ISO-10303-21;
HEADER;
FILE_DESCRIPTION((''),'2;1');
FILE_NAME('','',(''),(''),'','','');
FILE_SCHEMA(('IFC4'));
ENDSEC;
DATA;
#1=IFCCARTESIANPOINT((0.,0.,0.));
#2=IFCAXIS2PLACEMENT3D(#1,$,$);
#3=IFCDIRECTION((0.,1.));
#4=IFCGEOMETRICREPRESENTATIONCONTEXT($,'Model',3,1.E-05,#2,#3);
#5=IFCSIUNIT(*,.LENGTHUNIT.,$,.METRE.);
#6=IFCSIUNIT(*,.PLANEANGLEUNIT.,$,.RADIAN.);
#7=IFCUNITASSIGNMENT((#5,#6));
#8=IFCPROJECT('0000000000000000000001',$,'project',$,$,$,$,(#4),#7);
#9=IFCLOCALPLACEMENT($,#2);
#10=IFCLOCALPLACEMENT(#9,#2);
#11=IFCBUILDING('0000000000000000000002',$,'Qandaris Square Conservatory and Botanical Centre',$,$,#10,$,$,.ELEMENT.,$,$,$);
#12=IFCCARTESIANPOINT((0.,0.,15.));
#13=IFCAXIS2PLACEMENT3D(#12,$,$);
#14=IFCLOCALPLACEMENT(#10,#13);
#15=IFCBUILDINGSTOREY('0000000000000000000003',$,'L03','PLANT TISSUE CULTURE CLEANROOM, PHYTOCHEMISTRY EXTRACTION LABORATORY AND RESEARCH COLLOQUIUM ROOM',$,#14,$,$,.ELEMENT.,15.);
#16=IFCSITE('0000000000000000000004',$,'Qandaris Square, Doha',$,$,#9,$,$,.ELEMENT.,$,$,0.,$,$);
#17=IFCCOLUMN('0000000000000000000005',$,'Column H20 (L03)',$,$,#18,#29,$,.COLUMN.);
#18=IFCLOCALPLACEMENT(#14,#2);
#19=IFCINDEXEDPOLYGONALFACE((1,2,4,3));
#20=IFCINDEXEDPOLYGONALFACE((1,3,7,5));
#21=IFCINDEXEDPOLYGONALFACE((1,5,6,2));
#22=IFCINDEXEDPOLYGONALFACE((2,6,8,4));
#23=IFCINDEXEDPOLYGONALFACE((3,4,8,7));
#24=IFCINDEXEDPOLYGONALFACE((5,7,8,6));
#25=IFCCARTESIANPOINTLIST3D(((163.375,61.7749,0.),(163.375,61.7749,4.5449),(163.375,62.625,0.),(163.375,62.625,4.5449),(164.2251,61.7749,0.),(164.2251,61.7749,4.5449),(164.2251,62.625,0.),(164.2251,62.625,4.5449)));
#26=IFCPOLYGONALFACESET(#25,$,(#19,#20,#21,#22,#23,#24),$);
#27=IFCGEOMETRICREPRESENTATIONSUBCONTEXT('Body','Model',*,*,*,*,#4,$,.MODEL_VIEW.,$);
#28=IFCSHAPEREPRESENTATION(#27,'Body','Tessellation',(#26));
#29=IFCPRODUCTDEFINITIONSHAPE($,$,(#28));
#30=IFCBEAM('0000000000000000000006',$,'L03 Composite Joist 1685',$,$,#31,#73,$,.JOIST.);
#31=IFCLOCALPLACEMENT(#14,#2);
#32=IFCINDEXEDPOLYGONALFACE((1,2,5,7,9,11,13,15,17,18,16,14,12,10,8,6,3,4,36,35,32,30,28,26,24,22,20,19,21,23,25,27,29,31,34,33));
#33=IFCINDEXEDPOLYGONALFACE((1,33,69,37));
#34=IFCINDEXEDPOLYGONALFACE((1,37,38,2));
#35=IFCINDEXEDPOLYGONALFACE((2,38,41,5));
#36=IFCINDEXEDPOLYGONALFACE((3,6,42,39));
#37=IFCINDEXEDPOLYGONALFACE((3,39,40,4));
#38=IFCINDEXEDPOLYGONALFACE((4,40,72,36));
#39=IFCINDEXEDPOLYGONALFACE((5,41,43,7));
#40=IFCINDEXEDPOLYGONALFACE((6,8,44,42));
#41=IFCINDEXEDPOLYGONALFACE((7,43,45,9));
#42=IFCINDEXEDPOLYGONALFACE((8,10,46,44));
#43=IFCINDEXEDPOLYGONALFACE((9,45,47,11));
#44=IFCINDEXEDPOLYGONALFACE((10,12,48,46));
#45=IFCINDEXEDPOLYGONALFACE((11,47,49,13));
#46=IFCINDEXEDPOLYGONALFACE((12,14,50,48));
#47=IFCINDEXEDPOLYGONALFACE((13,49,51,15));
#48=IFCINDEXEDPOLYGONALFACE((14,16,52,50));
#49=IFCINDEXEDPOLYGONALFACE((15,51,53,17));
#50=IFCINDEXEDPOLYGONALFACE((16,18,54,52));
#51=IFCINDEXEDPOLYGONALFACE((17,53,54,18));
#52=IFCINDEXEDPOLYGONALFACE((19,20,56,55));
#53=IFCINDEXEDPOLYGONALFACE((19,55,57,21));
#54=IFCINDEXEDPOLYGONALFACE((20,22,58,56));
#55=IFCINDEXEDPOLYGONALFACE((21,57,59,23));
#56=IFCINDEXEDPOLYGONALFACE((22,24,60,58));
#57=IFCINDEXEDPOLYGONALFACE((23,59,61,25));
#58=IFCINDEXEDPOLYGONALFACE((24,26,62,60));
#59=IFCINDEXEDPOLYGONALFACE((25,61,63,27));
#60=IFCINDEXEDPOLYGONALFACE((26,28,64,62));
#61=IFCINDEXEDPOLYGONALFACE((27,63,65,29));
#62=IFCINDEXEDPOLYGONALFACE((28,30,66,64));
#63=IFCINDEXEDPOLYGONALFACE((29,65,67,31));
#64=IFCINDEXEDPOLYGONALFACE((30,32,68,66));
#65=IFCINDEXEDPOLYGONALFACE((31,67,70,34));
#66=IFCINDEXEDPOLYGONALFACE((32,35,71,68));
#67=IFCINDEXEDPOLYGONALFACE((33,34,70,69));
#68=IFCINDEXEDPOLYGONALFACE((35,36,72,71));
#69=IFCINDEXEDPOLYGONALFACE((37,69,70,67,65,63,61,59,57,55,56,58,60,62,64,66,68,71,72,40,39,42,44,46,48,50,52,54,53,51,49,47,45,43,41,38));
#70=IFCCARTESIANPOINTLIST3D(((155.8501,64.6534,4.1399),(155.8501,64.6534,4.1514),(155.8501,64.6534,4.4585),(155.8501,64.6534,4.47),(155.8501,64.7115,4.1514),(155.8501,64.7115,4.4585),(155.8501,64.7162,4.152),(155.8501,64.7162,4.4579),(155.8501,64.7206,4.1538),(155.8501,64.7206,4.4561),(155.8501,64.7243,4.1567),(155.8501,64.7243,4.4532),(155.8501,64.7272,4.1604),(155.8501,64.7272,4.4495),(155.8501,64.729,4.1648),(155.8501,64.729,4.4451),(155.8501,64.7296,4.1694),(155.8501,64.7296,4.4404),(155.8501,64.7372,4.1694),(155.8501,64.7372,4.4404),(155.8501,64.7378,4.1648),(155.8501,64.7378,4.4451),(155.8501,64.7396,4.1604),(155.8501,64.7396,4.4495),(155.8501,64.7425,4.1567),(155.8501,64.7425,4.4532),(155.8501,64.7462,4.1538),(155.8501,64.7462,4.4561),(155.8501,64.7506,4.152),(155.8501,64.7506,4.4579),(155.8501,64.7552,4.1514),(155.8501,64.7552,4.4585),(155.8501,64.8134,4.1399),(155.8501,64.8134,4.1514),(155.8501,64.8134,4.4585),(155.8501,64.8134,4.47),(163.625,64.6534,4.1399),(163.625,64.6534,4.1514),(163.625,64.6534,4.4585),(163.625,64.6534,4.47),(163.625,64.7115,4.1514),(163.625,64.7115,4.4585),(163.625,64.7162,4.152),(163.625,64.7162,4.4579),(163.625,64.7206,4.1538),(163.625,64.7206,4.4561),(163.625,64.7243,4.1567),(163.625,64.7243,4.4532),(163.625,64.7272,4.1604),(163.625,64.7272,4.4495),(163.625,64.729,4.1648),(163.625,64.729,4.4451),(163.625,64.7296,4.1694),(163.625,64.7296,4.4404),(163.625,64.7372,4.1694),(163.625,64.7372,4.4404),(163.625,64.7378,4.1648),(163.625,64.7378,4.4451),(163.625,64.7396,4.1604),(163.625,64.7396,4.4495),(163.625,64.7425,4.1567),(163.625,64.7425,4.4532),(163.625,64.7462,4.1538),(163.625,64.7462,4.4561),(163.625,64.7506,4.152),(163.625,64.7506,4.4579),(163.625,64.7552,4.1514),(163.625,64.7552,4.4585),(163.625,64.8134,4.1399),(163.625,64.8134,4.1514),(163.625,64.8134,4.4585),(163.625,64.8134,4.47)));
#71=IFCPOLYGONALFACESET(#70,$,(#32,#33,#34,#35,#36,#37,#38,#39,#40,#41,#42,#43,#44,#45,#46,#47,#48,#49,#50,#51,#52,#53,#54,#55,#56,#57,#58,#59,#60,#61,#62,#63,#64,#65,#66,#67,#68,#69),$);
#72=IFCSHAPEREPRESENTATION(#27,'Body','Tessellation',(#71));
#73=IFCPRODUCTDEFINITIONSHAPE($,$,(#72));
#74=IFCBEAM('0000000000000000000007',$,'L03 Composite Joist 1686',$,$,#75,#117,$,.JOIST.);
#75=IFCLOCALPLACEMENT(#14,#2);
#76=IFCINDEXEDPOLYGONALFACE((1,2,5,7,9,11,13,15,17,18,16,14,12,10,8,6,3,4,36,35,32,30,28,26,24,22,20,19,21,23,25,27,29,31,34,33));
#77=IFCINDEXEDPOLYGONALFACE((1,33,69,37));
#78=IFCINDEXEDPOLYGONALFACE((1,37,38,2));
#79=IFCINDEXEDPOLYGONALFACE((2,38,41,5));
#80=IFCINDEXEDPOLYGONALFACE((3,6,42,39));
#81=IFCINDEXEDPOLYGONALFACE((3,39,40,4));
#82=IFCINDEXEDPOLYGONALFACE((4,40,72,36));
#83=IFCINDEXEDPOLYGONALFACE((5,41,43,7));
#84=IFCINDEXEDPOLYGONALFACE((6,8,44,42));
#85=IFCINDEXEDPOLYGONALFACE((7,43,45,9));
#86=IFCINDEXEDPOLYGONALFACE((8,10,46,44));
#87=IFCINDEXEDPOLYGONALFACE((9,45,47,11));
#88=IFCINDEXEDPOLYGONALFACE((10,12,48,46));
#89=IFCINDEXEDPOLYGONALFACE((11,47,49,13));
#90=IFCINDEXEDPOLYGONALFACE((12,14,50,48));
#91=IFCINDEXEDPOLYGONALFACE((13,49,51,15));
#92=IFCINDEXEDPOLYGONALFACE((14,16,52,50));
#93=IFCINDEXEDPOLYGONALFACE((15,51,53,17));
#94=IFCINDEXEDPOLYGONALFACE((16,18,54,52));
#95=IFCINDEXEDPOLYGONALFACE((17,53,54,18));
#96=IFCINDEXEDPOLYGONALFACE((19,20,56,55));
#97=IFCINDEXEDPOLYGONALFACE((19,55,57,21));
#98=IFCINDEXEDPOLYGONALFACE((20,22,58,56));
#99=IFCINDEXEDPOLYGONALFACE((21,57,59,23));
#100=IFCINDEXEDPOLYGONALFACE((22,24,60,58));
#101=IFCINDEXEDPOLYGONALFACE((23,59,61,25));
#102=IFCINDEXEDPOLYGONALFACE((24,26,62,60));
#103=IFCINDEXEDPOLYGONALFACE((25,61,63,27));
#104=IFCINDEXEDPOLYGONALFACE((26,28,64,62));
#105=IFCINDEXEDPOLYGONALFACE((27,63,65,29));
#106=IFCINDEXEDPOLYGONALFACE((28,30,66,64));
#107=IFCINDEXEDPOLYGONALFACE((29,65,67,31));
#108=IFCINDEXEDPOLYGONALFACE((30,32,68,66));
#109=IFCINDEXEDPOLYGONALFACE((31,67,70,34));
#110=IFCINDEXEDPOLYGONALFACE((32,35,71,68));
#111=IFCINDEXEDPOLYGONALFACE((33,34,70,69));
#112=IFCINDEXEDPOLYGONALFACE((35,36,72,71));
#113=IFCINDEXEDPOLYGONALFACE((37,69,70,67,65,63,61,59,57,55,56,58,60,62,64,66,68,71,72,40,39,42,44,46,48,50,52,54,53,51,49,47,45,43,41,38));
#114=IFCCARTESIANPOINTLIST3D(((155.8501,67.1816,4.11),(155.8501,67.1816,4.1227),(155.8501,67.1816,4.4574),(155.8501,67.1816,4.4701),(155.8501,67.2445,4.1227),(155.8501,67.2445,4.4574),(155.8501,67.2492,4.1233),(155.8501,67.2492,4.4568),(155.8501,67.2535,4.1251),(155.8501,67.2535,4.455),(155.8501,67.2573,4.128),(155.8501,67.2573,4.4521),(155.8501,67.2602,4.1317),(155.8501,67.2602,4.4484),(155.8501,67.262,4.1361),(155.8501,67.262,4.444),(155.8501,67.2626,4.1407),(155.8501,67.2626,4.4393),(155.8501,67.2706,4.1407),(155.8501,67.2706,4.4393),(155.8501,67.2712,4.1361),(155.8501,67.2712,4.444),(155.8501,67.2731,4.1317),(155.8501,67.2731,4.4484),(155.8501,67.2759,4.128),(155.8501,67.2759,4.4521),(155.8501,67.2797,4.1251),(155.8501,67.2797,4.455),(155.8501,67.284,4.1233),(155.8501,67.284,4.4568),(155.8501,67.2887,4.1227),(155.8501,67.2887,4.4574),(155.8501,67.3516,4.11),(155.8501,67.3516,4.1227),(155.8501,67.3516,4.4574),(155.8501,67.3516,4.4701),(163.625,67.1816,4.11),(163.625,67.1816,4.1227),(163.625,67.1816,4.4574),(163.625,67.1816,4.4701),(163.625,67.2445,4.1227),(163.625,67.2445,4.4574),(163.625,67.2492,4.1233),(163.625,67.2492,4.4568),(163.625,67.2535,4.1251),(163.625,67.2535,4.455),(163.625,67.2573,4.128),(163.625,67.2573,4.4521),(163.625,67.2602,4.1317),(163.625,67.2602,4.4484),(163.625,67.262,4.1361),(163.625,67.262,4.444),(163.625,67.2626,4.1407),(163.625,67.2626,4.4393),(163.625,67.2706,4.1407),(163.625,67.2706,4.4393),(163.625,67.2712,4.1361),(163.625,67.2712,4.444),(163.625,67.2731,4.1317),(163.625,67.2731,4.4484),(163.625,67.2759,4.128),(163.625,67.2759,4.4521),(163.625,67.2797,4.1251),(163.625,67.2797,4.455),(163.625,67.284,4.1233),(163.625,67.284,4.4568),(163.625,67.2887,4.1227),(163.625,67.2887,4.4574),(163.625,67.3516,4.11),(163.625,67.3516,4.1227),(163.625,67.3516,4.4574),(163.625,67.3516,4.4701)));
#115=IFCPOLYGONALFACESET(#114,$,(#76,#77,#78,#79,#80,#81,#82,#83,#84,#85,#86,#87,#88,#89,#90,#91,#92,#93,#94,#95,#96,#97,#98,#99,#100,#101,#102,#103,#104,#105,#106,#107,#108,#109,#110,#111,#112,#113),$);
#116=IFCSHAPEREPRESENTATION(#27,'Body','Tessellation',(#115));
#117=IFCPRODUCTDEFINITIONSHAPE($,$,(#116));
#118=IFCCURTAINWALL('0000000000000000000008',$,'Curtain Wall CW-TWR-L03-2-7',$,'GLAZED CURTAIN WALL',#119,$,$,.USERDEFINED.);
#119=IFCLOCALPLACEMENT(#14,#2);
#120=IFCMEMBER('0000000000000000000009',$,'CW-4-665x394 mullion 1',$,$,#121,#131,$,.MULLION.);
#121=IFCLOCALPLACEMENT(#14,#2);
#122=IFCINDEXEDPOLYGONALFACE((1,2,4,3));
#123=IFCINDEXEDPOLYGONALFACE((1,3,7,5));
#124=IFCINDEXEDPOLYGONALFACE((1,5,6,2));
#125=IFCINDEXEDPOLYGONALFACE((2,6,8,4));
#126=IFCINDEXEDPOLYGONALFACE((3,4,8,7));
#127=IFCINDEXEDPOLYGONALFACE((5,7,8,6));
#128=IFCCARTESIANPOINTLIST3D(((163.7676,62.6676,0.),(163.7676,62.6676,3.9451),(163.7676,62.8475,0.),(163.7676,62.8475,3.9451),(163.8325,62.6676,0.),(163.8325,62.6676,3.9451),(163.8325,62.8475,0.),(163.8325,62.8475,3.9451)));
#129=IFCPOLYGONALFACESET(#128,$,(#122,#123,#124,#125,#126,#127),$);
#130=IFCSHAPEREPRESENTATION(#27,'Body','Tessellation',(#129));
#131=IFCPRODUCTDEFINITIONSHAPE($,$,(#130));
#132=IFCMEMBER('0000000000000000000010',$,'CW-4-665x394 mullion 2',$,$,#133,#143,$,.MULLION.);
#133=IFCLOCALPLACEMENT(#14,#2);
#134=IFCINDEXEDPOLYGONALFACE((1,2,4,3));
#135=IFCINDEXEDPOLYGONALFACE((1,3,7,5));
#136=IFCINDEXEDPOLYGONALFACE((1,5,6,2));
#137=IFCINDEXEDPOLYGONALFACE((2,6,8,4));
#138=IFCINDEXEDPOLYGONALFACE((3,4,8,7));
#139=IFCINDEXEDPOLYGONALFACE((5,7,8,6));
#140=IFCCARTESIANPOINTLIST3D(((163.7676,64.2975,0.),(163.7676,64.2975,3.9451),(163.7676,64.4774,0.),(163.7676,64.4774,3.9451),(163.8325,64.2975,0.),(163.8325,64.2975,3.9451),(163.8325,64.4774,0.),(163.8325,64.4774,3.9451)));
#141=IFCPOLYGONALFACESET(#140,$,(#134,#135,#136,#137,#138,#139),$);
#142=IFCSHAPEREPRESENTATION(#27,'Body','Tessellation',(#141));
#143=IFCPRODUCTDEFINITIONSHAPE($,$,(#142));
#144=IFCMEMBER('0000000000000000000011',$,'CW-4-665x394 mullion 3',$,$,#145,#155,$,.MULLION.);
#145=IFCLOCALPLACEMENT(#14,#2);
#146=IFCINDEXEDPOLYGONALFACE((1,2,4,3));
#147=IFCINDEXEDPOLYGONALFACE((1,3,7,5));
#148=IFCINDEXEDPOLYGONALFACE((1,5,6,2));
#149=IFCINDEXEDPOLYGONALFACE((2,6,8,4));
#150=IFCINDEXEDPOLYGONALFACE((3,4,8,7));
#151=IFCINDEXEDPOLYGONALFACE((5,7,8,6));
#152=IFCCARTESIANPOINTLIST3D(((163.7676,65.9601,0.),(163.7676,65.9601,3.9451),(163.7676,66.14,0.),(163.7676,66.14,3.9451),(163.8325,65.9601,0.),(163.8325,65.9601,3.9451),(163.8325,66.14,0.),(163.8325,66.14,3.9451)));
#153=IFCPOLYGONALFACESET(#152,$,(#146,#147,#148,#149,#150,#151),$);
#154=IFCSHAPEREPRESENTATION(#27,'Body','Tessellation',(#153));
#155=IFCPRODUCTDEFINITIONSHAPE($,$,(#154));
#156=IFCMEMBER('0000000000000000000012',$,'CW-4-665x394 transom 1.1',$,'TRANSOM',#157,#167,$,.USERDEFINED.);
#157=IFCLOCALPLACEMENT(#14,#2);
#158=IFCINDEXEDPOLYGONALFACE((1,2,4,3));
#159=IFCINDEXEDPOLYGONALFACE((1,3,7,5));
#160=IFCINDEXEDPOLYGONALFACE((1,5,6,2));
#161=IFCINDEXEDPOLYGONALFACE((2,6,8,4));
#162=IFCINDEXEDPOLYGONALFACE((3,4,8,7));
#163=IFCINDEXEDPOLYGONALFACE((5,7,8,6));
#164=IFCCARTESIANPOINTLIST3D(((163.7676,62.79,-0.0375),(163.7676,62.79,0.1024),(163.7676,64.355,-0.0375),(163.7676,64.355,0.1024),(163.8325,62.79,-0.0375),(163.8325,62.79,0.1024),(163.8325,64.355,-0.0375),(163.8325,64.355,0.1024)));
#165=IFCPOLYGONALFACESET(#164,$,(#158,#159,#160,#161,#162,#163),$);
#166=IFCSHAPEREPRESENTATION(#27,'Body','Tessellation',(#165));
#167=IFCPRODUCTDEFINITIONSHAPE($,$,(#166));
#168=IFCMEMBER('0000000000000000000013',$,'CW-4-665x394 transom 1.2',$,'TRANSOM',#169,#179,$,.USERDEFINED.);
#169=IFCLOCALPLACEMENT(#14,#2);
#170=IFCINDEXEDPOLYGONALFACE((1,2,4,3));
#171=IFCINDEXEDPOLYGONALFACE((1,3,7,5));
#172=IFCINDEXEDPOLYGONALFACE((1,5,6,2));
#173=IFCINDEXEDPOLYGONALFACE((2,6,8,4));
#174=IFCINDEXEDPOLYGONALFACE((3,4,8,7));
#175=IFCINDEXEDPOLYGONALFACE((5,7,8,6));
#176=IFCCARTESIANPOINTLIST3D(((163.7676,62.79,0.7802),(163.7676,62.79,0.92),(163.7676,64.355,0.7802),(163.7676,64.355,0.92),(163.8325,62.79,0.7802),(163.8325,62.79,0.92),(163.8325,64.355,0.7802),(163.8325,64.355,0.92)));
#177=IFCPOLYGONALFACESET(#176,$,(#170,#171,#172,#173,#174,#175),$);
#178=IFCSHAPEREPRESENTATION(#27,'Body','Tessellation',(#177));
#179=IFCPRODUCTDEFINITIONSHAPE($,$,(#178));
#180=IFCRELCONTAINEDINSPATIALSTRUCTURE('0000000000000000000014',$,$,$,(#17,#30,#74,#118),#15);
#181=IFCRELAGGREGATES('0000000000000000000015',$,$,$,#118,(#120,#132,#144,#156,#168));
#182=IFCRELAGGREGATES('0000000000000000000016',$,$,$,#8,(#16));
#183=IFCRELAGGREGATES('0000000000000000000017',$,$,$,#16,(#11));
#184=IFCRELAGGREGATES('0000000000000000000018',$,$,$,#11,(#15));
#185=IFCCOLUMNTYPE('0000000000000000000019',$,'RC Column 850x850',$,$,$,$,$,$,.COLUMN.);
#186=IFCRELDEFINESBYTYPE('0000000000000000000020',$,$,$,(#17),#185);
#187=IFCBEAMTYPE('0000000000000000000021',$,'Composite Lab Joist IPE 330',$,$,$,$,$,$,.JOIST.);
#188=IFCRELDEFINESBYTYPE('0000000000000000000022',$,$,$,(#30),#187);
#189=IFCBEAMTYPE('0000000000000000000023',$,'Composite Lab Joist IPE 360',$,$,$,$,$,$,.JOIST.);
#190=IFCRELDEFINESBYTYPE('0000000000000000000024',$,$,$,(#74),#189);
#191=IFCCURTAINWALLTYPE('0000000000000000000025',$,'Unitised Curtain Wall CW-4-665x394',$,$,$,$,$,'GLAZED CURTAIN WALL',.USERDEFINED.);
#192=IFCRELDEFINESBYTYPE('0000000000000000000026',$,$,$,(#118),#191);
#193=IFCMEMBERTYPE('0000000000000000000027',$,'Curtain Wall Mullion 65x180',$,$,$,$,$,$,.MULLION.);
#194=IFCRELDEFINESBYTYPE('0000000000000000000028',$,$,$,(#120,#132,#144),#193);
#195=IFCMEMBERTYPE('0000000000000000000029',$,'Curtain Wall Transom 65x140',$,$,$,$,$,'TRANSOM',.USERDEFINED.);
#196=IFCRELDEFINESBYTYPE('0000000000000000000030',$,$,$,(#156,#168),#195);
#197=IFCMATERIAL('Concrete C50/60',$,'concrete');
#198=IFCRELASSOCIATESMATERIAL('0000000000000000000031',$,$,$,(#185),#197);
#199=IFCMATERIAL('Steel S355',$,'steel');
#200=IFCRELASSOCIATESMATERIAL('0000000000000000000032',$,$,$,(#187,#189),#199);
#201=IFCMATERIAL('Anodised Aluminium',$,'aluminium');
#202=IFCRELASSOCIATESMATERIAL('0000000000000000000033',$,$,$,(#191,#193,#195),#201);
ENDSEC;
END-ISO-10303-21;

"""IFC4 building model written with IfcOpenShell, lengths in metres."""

from ifc_helpers import new_model, si_unit, direction, frame, origin, origin_2d, place, context, subcontext, project, spatial, rectangle, i_section, extrude, material, material_profile, profile_set, type_object, element, aggregate, save


model = new_model("IFC4")

# Units and contexts
model_context = context("Model", 3, precision=1e-05, world=origin(), true_north=direction((0.0, 1.0)))
body_context = subcontext(model_context, "Body", "Model", "MODEL_VIEW")
ifc_project = project(units=[si_unit("LENGTHUNIT", "METRE"), si_unit("PLANEANGLEUNIT", "RADIAN")], contexts=[model_context])

# Site, building, storey
site_placement = place(None, origin())
site = spatial("IfcSite", under=ifc_project, at=site_placement, Name="Qandaris Square, Doha", CompositionType="ELEMENT", RefElevation=0.0)
building_placement = place(site_placement, origin())
building = spatial("IfcBuilding", under=site, at=building_placement, Name="Qandaris Square Conservatory and Botanical Centre", CompositionType="ELEMENT")
storey_placement = place(building_placement, frame((0.0, 0.0, 15.0)))
storey = spatial("IfcBuildingStorey", under=building, at=storey_placement, Name="L03", Description="PLANT TISSUE CULTURE CLEANROOM, PHYTOCHEMISTRY EXTRACTION LABORATORY AND RESEARCH COLLOQUIUM ROOM", CompositionType="ELEMENT", Elevation=15.0)

# Column
ifc_material_1 = material(Name="Concrete C50/60", Category="concrete")
ifc_material_profile_1 = material_profile(ifc_material_1, rectangle(XDim=0.8501, YDim=0.8501, at=origin_2d()), Name="RC-COL 850x850")
ifc_profile_set_1 = profile_set([ifc_material_profile_1], Name="Concrete C50/60")
column_type = type_object("IfcColumnType", Name="RC Column 850x850", PredefinedType="COLUMN", material=ifc_profile_set_1)
column_placement = place(storey_placement, frame((163.8, 62.2, 0.0), z_axis=(0.0, 0.0, 1.0), x_axis=(1.0, 0.0, 0.0)))
element("IfcColumn", 1, at=column_placement, inside=storey, type_object=column_type, Name="Column H20 (L03)", PredefinedType="COLUMN", context=body_context, shape_type="SweptSolid", body=[
    extrude(rectangle(XDim=0.8501, YDim=0.8501, at=origin_2d()), origin(), (0.0, 0.0, 1.0), 4.5449),
])

# Beams
ifc_material_2 = material(Name="Steel S355", Category="steel")
ifc_material_profile_2 = material_profile(ifc_material_2, i_section(OverallWidth=0.1599, OverallDepth=0.3301, WebThickness=0.0076, FlangeThickness=0.0115, FilletRadius=0.0181, at=origin_2d()), Name="IPE 330")
ifc_profile_set_2 = profile_set([ifc_material_profile_2], Name="Steel S355")
beam_type_1 = type_object("IfcBeamType", Name="Composite Lab Joist IPE 330", PredefinedType="JOIST", material=ifc_profile_set_2)
beam_1_placement = place(storey_placement, frame((155.8501, 64.7334, 4.3049), z_axis=(1.0, 0.0, 0.0), x_axis=(0.0, 1.0, 0.0)))
element("IfcBeam", 2, at=beam_1_placement, inside=storey, type_object=beam_type_1, Name="L03 Composite Joist 1685", PredefinedType="JOIST", context=body_context, shape_type="SweptSolid", body=[
    extrude(i_section(OverallWidth=0.1599, OverallDepth=0.3301, WebThickness=0.0076, FlangeThickness=0.0115, FilletRadius=0.0181, at=origin_2d()), origin(), (0.0, 0.0, 1.0), 7.7749),
])
ifc_material_profile_3 = material_profile(ifc_material_2, i_section(OverallWidth=0.1699, OverallDepth=0.3601, WebThickness=0.0081, FlangeThickness=0.0127, FilletRadius=0.0181, at=origin_2d()), Name="IPE 360")
ifc_profile_set_3 = profile_set([ifc_material_profile_3], Name="Steel S355")
beam_type_2 = type_object("IfcBeamType", Name="Composite Lab Joist IPE 360", PredefinedType="JOIST", material=ifc_profile_set_3)
beam_2_placement = place(storey_placement, frame((155.8501, 67.2666, 4.29), z_axis=(1.0, 0.0, 0.0), x_axis=(0.0, 1.0, 0.0)))
element("IfcBeam", 3, at=beam_2_placement, inside=storey, type_object=beam_type_2, Name="L03 Composite Joist 1686", PredefinedType="JOIST", context=body_context, shape_type="SweptSolid", body=[
    extrude(i_section(OverallWidth=0.1699, OverallDepth=0.3601, WebThickness=0.0081, FlangeThickness=0.0127, FilletRadius=0.0181, at=origin_2d()), origin(), (0.0, 0.0, 1.0), 7.7749),
])

# Curtain wall, members
ifc_material_3 = material(Name="Anodised Aluminium", Category="aluminium")
curtain_wall_type = type_object("IfcCurtainWallType", Name="Unitised Curtain Wall CW-4-665x394", ElementType="GLAZED CURTAIN WALL", PredefinedType="USERDEFINED", material=ifc_material_3)
curtain_wall_placement = place(storey_placement, origin())
curtain_wall = element("IfcCurtainWall", 4, at=curtain_wall_placement, inside=storey, type_object=curtain_wall_type, Name="Curtain Wall CW-TWR-L03-2-7", ObjectType="GLAZED CURTAIN WALL", PredefinedType="USERDEFINED")
ifc_material_profile_4 = material_profile(ifc_material_3, rectangle(XDim=0.0649, YDim=0.1799, at=origin_2d()), Name="ALU-MUL 65x180")
ifc_profile_set_4 = profile_set([ifc_material_profile_4], Name="Anodised Aluminium")
member_type_1 = type_object("IfcMemberType", Name="Curtain Wall Mullion 65x180", PredefinedType="MULLION", material=ifc_profile_set_4)
member_1_placement = place(storey_placement, frame((163.8, 62.7576, 0.0), z_axis=(0.0, 0.0, 1.0), x_axis=(-1.0, 0.0, 0.0)))
member_1 = element("IfcMember", 5, at=member_1_placement, type_object=member_type_1, Name="CW-4-665x394 mullion 1", PredefinedType="MULLION", context=body_context, shape_type="SweptSolid", body=[
    extrude(rectangle(XDim=0.0649, YDim=0.1799, at=origin_2d()), origin(), (0.0, 0.0, 1.0), 3.9451),
])
member_2_placement = place(storey_placement, frame((163.8, 64.3875, 0.0), z_axis=(0.0, 0.0, 1.0), x_axis=(-1.0, 0.0, 0.0)))
member_2 = element("IfcMember", 6, at=member_2_placement, type_object=member_type_1, Name="CW-4-665x394 mullion 2", PredefinedType="MULLION", context=body_context, shape_type="SweptSolid", body=[
    extrude(rectangle(XDim=0.0649, YDim=0.1799, at=origin_2d()), origin(), (0.0, 0.0, 1.0), 3.9451),
])
member_3_placement = place(storey_placement, frame((163.8, 66.05, 0.0), z_axis=(0.0, 0.0, 1.0), x_axis=(-1.0, 0.0, 0.0)))
member_3 = element("IfcMember", 7, at=member_3_placement, type_object=member_type_1, Name="CW-4-665x394 mullion 3", PredefinedType="MULLION", context=body_context, shape_type="SweptSolid", body=[
    extrude(rectangle(XDim=0.0649, YDim=0.1799, at=origin_2d()), origin(), (0.0, 0.0, 1.0), 3.9451),
])
ifc_material_profile_5 = material_profile(ifc_material_3, rectangle(XDim=0.0649, YDim=0.1399, at=origin_2d()), Name="ALU-TRN 65x140")
ifc_profile_set_5 = profile_set([ifc_material_profile_5], Name="Anodised Aluminium")
member_type_2 = type_object("IfcMemberType", Name="Curtain Wall Transom 65x140", ElementType="TRANSOM", PredefinedType="USERDEFINED", material=ifc_profile_set_5)
member_4_placement = place(storey_placement, frame((163.8, 62.79, 0.0325), z_axis=(0.0, 1.0, 0.0), x_axis=(-1.0, 0.0, 0.0)))
member_4 = element("IfcMember", 8, at=member_4_placement, type_object=member_type_2, Name="CW-4-665x394 transom 1.1", ObjectType="TRANSOM", PredefinedType="USERDEFINED", context=body_context, shape_type="SweptSolid", body=[
    extrude(rectangle(XDim=0.0649, YDim=0.1399, at=origin_2d()), origin(), (0.0, 0.0, 1.0), 1.5649),
])
member_5_placement = place(storey_placement, frame((163.8, 62.79, 0.8501), z_axis=(0.0, 1.0, 0.0), x_axis=(-1.0, 0.0, 0.0)))
member_5 = element("IfcMember", 9, at=member_5_placement, type_object=member_type_2, Name="CW-4-665x394 transom 1.2", ObjectType="TRANSOM", PredefinedType="USERDEFINED", context=body_context, shape_type="SweptSolid", body=[
    extrude(rectangle(XDim=0.0649, YDim=0.1399, at=origin_2d()), origin(), (0.0, 0.0, 1.0), 1.5649),
])

aggregate(curtain_wall, [member_1, member_2, member_3, member_4, member_5])

save(model, "model.ifc")
